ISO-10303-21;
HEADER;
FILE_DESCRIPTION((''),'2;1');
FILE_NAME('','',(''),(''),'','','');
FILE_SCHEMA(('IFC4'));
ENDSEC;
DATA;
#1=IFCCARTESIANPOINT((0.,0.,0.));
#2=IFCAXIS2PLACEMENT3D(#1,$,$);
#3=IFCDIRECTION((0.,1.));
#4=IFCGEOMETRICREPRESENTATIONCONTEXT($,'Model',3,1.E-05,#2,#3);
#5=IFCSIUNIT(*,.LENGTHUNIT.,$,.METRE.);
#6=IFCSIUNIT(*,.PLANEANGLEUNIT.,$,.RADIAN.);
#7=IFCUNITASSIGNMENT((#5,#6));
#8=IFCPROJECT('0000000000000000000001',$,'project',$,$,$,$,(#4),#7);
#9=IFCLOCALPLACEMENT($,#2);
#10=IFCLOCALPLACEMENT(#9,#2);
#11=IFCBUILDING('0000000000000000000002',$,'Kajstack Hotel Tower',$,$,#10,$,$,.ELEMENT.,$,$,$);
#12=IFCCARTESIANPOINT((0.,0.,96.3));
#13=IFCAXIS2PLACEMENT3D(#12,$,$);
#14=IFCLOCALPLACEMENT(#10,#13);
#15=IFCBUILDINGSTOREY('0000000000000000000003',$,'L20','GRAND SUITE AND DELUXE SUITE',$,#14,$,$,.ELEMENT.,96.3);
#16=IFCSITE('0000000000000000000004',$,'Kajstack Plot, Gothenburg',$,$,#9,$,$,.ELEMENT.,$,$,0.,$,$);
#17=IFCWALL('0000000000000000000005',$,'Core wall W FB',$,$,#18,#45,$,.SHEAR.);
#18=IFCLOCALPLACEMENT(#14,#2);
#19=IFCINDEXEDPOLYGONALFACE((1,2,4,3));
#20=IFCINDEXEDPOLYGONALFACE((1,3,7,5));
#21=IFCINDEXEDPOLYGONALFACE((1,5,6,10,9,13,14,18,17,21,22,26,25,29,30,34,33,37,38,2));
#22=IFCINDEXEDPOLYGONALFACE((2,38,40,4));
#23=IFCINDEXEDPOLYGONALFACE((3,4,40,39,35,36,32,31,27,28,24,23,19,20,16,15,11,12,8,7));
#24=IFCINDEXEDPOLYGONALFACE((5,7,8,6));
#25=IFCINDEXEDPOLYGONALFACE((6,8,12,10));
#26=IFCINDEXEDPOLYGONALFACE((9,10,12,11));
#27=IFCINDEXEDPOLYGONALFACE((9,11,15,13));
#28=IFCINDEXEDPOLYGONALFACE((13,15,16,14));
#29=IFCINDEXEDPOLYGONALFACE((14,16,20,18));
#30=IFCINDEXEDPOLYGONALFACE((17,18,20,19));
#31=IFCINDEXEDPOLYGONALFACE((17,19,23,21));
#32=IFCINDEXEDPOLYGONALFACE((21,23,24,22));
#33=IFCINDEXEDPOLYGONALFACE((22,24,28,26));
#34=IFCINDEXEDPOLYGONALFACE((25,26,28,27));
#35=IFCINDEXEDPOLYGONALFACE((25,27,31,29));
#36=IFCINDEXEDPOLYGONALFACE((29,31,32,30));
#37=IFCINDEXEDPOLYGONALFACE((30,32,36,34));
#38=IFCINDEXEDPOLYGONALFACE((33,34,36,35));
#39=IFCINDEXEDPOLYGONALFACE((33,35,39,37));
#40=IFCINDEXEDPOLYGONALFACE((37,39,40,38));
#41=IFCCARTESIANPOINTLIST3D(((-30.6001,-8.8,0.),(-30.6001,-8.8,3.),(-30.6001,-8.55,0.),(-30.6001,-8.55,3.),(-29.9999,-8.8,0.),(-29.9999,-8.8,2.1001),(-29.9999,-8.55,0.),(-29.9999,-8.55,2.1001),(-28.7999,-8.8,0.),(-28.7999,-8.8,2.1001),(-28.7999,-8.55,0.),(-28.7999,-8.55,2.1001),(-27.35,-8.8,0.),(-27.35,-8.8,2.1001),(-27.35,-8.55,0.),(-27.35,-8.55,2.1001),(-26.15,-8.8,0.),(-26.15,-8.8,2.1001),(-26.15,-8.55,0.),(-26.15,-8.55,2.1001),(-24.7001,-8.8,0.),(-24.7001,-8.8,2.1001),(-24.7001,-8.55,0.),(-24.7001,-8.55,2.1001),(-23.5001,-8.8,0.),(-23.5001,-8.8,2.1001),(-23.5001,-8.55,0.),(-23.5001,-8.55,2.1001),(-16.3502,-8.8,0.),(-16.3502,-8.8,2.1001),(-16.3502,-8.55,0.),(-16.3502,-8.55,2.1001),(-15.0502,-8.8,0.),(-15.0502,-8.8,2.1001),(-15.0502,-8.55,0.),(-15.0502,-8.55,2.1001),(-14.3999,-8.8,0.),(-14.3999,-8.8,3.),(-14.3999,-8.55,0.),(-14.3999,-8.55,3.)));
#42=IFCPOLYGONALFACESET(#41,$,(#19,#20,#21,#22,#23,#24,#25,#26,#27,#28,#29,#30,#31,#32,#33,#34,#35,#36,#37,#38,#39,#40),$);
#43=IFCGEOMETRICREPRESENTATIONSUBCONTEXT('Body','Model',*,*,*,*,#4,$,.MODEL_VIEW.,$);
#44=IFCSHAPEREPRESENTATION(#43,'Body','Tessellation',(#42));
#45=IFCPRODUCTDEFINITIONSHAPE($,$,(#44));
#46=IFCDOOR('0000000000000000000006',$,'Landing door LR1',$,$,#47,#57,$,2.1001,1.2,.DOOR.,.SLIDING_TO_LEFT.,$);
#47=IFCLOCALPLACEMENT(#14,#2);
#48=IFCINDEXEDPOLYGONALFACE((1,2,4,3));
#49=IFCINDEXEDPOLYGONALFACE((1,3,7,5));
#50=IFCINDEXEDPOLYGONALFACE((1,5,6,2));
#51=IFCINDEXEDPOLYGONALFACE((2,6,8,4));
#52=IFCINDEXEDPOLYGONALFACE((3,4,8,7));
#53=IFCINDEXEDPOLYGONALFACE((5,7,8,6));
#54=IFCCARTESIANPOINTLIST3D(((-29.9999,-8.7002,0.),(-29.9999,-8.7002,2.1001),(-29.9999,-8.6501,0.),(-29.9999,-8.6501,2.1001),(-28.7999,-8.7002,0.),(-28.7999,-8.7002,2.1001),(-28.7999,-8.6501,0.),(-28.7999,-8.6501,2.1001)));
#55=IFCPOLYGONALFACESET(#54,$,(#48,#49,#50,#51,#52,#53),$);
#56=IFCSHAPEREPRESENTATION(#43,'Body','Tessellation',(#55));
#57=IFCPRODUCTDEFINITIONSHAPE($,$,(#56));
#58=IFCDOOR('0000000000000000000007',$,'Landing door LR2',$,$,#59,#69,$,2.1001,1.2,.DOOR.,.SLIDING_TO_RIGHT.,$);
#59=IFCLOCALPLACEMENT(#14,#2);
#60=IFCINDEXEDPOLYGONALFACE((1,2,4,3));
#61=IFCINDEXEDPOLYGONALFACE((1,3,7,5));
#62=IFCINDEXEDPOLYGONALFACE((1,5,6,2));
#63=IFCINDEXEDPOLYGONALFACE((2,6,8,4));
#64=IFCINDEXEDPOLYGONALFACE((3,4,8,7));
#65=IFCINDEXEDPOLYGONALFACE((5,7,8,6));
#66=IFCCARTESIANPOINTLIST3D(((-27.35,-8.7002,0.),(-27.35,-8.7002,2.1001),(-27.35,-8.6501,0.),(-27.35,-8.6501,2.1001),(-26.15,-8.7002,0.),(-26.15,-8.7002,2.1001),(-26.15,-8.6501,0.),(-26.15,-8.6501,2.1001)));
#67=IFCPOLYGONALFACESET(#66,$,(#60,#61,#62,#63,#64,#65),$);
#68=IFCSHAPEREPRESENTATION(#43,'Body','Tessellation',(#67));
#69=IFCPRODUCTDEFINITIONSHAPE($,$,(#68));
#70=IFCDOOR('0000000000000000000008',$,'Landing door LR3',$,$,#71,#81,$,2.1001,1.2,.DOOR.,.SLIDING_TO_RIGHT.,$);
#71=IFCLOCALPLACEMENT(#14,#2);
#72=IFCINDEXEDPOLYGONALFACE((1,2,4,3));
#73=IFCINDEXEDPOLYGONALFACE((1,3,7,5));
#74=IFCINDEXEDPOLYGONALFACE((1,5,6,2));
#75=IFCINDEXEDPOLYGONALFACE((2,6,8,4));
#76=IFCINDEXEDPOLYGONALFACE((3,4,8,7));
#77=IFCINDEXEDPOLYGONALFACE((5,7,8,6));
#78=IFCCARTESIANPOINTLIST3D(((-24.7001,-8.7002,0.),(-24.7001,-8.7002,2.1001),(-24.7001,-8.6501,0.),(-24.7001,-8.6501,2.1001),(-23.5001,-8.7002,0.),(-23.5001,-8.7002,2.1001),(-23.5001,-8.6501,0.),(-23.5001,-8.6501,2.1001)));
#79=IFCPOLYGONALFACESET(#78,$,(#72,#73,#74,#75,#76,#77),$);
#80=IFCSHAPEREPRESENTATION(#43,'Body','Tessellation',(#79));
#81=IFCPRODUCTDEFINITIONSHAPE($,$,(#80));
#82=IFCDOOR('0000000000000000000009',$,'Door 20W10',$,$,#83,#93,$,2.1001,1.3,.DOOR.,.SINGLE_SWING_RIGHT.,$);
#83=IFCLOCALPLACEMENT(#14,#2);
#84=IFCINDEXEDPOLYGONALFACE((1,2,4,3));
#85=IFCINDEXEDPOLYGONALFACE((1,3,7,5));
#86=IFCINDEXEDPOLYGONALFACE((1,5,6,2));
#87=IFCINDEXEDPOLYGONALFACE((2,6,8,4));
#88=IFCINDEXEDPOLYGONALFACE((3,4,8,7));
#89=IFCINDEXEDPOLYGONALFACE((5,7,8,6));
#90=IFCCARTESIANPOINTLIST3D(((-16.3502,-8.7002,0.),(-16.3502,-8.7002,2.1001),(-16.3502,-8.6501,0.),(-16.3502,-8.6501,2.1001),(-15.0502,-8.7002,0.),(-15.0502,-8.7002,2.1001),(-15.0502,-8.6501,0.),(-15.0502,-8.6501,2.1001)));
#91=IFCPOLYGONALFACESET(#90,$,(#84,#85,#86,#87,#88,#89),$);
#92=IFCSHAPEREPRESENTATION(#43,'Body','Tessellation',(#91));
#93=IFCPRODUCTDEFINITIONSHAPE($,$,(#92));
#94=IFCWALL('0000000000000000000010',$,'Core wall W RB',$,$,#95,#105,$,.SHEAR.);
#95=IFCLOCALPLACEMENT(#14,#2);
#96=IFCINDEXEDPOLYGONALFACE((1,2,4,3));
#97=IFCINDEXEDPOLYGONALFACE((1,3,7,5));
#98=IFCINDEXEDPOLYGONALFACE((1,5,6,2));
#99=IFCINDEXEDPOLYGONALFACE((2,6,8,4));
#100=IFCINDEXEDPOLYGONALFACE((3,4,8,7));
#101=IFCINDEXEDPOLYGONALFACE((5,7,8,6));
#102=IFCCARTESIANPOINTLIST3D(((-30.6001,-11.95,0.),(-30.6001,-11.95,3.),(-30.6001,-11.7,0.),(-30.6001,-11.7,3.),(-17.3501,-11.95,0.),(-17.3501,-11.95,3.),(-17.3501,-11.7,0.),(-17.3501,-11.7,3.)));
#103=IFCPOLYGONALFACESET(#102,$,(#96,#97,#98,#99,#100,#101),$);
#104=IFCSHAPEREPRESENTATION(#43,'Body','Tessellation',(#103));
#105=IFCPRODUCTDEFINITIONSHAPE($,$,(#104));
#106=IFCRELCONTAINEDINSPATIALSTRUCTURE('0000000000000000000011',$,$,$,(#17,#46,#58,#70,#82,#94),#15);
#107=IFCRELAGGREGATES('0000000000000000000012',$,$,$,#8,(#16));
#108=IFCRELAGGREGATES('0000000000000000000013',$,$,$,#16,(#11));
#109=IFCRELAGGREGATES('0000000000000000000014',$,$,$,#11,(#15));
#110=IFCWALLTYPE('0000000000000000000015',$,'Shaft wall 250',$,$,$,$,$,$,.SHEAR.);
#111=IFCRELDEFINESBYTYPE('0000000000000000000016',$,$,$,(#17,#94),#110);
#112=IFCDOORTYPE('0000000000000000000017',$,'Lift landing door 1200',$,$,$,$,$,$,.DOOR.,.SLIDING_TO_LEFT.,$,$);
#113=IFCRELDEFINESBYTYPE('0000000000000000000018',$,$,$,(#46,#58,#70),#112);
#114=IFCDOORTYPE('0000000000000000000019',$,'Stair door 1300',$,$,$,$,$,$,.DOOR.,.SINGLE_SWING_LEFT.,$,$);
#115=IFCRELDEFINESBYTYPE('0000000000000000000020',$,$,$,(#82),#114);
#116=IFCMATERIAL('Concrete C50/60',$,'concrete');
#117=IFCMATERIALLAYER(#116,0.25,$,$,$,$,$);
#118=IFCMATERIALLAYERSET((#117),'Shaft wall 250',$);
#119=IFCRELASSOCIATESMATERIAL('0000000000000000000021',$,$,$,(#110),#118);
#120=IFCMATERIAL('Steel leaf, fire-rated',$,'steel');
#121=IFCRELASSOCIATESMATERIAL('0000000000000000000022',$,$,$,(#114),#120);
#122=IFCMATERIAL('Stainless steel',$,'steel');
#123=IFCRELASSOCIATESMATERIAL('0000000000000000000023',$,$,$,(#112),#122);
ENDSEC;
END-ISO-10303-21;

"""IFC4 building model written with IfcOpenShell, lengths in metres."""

from ifc_helpers import new_model, si_unit, direction, frame, frame_2d, origin, place, context, subcontext, project, spatial, rectangle, extrude, material, layer, layer_set, type_object, element, fill, save


model = new_model("IFC4")

# Units and contexts
model_context = context("Model", 3, precision=1e-05, world=origin(), true_north=direction((0.0, 1.0)))
body_context = subcontext(model_context, "Body", "Model", "MODEL_VIEW")
ifc_project = project(units=[si_unit("LENGTHUNIT", "METRE"), si_unit("PLANEANGLEUNIT", "RADIAN")], contexts=[model_context])

# Site, building, storey
site_placement = place(None, origin())
site = spatial("IfcSite", under=ifc_project, at=site_placement, Name="Kajstack Plot, Gothenburg", CompositionType="ELEMENT", RefElevation=0.0)
building_placement = place(site_placement, origin())
building = spatial("IfcBuilding", under=site, at=building_placement, Name="Kajstack Hotel Tower", CompositionType="ELEMENT")
storey_placement = place(building_placement, frame((0.0, 0.0, 96.3)))
storey = spatial("IfcBuildingStorey", under=building, at=storey_placement, Name="L20", Description="GRAND SUITE AND DELUXE SUITE", CompositionType="ELEMENT", Elevation=96.3)

# Shared definitions
ifc_material_1 = material(Name="Stainless steel", Category="steel")

# Shared definitions
ifc_material_2 = material(Name="Concrete C50/60", Category="concrete")
ifc_layer_1 = layer(ifc_material_2, 0.25)
ifc_layer_set_1 = layer_set([ifc_layer_1], Name="Shaft wall 250")
wall_type_1 = type_object("IfcWallType", Name="Shaft wall 250", PredefinedType="SHEAR", material=ifc_layer_set_1)
ifc_material_3 = material(Name="Steel leaf, fire-rated", Category="steel")
door_type_1 = type_object("IfcDoorType", Name="Stair door 1300", OperationType="SINGLE_SWING_LEFT", PredefinedType="DOOR", material=ifc_material_3)

# Wall, openings, doors
wall_1_placement = place(storey_placement, frame((-30.6001, -8.675, 0.0), z_axis=(0.0, 0.0, 1.0), x_axis=(1.0, 0.0, 0.0)))
wall_1 = element("IfcWall", 1, at=wall_1_placement, inside=storey, type_object=wall_type_1, Name="Core wall W FB", PredefinedType="SHEAR", context=body_context, shape_type="SweptSolid", body=[
    extrude(rectangle(XDim=16.2002, YDim=0.25, at=frame_2d((8.1001, 0.0))), origin(), (0.0, 0.0, 1.0), 3.0),
])
opening_1_placement = place(wall_1_placement, frame((0.6001, 0.0, 0.0)))
opening_1 = element("IfcOpeningElement", 2, at=opening_1_placement, cuts=wall_1, PredefinedType="OPENING", context=body_context, shape_type="SweptSolid", body=[
    extrude(rectangle(XDim=1.2, YDim=2.1001, at=frame_2d((0.6001, 1.05))), frame((0.0, 0.135, 0.0), z_axis=(0.0, -1.0, 0.0), x_axis=(1.0, 0.0, 0.0)), (0.0, 0.0, 1.0), 0.27),
])
opening_2_placement = place(wall_1_placement, frame((3.25, 0.0, 0.0)))
opening_2 = element("IfcOpeningElement", 3, at=opening_2_placement, cuts=wall_1, PredefinedType="OPENING", context=body_context, shape_type="SweptSolid", body=[
    extrude(rectangle(XDim=1.2, YDim=2.1001, at=frame_2d((0.6001, 1.05))), frame((0.0, 0.135, 0.0), z_axis=(0.0, -1.0, 0.0), x_axis=(1.0, 0.0, 0.0)), (0.0, 0.0, 1.0), 0.27),
])
opening_3_placement = place(wall_1_placement, frame((5.8999, 0.0, 0.0)))
opening_3 = element("IfcOpeningElement", 4, at=opening_3_placement, cuts=wall_1, PredefinedType="OPENING", context=body_context, shape_type="SweptSolid", body=[
    extrude(rectangle(XDim=1.2, YDim=2.1001, at=frame_2d((0.6001, 1.05))), frame((0.0, 0.135, 0.0), z_axis=(0.0, -1.0, 0.0), x_axis=(1.0, 0.0, 0.0)), (0.0, 0.0, 1.0), 0.27),
])
opening_4_placement = place(wall_1_placement, frame((14.25, 0.0, 0.0)))
opening_4 = element("IfcOpeningElement", 5, at=opening_4_placement, cuts=wall_1, PredefinedType="OPENING", context=body_context, shape_type="SweptSolid", body=[
    extrude(rectangle(XDim=1.3, YDim=2.1001, at=frame_2d((0.6499, 1.05))), frame((0.0, 0.135, 0.0), z_axis=(0.0, -1.0, 0.0), x_axis=(1.0, 0.0, 0.0)), (0.0, 0.0, 1.0), 0.27),
])
door_type_2 = type_object("IfcDoorType", Name="Lift landing door 1200", OperationType="SLIDING_TO_LEFT", PredefinedType="DOOR", material=ifc_material_1)
door_1_placement = place(opening_1_placement, origin())
door_1 = element("IfcDoor", 6, at=door_1_placement, inside=storey, type_object=door_type_2, Name="Landing door LR1", OperationType="SLIDING_TO_LEFT", OverallHeight=2.1001, OverallWidth=1.2, PredefinedType="DOOR", context=body_context, shape_type="SweptSolid", body=[
    extrude(rectangle(XDim=1.2, YDim=2.1001, at=frame_2d((0.6001, 1.05))), frame((0.0, 0.0249, 0.0), z_axis=(0.0, -1.0, 0.0), x_axis=(1.0, 0.0, 0.0)), (0.0, 0.0, 1.0), 0.05),
])
fill(opening_1, door_1)
door_2_placement = place(opening_2_placement, origin())
door_2 = element("IfcDoor", 7, at=door_2_placement, inside=storey, type_object=door_type_2, Name="Landing door LR2", OperationType="SLIDING_TO_RIGHT", OverallHeight=2.1001, OverallWidth=1.2, PredefinedType="DOOR", context=body_context, shape_type="SweptSolid", body=[
    extrude(rectangle(XDim=1.2, YDim=2.1001, at=frame_2d((0.6001, 1.05))), frame((0.0, 0.0249, 0.0), z_axis=(0.0, -1.0, 0.0), x_axis=(1.0, 0.0, 0.0)), (0.0, 0.0, 1.0), 0.05),
])
fill(opening_2, door_2)
door_3_placement = place(opening_3_placement, origin())
door_3 = element("IfcDoor", 8, at=door_3_placement, inside=storey, type_object=door_type_2, Name="Landing door LR3", OperationType="SLIDING_TO_RIGHT", OverallHeight=2.1001, OverallWidth=1.2, PredefinedType="DOOR", context=body_context, shape_type="SweptSolid", body=[
    extrude(rectangle(XDim=1.2, YDim=2.1001, at=frame_2d((0.6001, 1.05))), frame((0.0, 0.0249, 0.0), z_axis=(0.0, -1.0, 0.0), x_axis=(1.0, 0.0, 0.0)), (0.0, 0.0, 1.0), 0.05),
])
fill(opening_3, door_3)
door_4_placement = place(opening_4_placement, origin())
door_4 = element("IfcDoor", 9, at=door_4_placement, inside=storey, type_object=door_type_1, Name="Door 20W10", OperationType="SINGLE_SWING_RIGHT", OverallHeight=2.1001, OverallWidth=1.3, PredefinedType="DOOR", context=body_context, shape_type="SweptSolid", body=[
    extrude(rectangle(XDim=1.3, YDim=2.1001, at=frame_2d((0.6499, 1.05))), frame((0.0, 0.0249, 0.0), z_axis=(0.0, -1.0, 0.0), x_axis=(1.0, 0.0, 0.0)), (0.0, 0.0, 1.0), 0.05),
])
fill(opening_4, door_4)

# Wall
wall_2_placement = place(storey_placement, frame((-30.6001, -11.825, 0.0), z_axis=(0.0, 0.0, 1.0), x_axis=(1.0, 0.0, 0.0)))
element("IfcWall", 10, at=wall_2_placement, inside=storey, type_object=wall_type_1, Name="Core wall W RB", PredefinedType="SHEAR", context=body_context, shape_type="SweptSolid", body=[
    extrude(rectangle(XDim=13.25, YDim=0.25, at=frame_2d((6.625, 0.0))), origin(), (0.0, 0.0, 1.0), 3.0),
])

save(model, "model.ifc")
